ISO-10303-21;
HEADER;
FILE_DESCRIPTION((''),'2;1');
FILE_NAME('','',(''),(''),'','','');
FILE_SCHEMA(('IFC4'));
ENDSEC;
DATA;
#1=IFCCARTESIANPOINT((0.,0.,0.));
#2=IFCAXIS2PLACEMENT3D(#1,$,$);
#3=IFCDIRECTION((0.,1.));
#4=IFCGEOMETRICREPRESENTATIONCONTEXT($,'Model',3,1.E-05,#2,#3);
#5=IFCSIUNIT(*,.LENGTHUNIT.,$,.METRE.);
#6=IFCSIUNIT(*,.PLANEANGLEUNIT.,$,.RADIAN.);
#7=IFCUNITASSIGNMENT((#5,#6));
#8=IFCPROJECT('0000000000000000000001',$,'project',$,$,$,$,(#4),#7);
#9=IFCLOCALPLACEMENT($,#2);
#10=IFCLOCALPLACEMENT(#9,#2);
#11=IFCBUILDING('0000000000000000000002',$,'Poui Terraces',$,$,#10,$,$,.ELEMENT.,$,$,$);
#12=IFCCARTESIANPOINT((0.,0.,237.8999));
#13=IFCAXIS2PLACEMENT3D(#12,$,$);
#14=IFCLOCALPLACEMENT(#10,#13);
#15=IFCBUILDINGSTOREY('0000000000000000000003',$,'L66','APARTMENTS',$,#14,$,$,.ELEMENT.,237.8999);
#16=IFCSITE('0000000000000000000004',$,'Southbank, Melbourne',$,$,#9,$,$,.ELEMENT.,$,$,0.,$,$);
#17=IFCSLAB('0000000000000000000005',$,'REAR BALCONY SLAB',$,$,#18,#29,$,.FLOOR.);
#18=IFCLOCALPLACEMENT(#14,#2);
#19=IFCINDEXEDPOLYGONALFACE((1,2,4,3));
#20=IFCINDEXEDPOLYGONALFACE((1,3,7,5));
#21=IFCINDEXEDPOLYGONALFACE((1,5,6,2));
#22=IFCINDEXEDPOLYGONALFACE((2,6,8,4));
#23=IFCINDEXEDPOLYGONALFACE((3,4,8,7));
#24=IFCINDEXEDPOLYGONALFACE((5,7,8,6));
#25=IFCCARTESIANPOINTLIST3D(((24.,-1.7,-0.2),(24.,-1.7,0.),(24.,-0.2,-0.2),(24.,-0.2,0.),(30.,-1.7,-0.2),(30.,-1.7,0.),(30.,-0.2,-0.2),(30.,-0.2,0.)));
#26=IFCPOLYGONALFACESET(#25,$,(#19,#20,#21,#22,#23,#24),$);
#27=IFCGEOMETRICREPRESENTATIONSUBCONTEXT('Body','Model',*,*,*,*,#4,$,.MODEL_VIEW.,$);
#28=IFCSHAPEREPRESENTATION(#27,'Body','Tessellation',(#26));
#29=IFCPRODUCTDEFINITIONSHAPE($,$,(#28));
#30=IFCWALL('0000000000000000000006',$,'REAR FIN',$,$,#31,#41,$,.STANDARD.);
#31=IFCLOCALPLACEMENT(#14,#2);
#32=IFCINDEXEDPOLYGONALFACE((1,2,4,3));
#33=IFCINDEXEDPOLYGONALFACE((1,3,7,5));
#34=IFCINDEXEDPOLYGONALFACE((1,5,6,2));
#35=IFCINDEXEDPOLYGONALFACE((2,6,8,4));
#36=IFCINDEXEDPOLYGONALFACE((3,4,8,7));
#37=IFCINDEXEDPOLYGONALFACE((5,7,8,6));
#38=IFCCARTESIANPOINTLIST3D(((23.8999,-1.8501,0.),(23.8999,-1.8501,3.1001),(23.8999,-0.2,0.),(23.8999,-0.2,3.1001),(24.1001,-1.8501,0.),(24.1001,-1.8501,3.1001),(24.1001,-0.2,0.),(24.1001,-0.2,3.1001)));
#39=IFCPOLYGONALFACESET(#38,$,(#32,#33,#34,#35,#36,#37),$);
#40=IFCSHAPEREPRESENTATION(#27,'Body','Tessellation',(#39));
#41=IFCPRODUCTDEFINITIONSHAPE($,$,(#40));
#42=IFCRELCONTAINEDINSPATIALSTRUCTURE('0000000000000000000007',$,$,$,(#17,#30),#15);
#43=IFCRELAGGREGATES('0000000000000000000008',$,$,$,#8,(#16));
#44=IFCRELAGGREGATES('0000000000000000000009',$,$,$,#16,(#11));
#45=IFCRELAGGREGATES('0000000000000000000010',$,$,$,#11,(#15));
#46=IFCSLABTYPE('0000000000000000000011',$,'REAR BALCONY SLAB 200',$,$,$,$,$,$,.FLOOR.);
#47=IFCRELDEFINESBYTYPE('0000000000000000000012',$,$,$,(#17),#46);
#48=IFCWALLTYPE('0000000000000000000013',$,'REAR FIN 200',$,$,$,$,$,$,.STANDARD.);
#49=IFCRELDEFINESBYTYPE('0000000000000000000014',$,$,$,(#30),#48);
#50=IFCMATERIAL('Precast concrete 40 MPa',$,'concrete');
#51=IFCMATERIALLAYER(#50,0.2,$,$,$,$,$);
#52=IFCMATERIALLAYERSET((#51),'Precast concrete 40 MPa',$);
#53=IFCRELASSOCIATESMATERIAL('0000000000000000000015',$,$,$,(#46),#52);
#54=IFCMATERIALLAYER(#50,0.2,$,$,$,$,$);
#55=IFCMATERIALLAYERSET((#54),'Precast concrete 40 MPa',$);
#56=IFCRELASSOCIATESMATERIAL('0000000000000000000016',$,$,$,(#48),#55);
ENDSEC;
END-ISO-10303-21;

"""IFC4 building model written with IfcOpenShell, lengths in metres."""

from ifc_helpers import new_model, si_unit, direction, frame, origin, place, context, subcontext, project, spatial, polyline, outline, extrude, source, transform, mapped, material, layer, layer_set, type_object, element, save


model = new_model("IFC4")

# Units and contexts
model_context = context("Model", 3, precision=1e-05, world=origin(), true_north=direction((0.0, 1.0)))
body_context = subcontext(model_context, "Body", "Model", "MODEL_VIEW")
ifc_project = project(units=[si_unit("LENGTHUNIT", "METRE"), si_unit("PLANEANGLEUNIT", "RADIAN")], contexts=[model_context])

# Site, building, storey
site_placement = place(None, origin())
site = spatial("IfcSite", under=ifc_project, at=site_placement, Name="Southbank, Melbourne", CompositionType="ELEMENT", RefElevation=0.0)
building_placement = place(site_placement, origin())
building = spatial("IfcBuilding", under=site, at=building_placement, Name="Poui Terraces", CompositionType="ELEMENT")
storey_placement = place(building_placement, frame((0.0, 0.0, 237.8999)))
storey = spatial("IfcBuildingStorey", under=building, at=storey_placement, Name="L66", Description="APARTMENTS", CompositionType="ELEMENT", Elevation=237.8999)

# Slab
ifc_material = material(Name="Precast concrete 40 MPa", Category="concrete")
ifc_layer_1 = layer(ifc_material, 0.2)
ifc_layer_set_1 = layer_set([ifc_layer_1], Name="Precast concrete 40 MPa")
slab_type = type_object("IfcSlabType", Name="REAR BALCONY SLAB 200", PredefinedType="FLOOR", material=ifc_layer_set_1)
shared_shape_1 = source(origin(), body_context, "Body", "SweptSolid", [
    extrude(outline(polyline([(0.0, 0.0), (6.0, 0.0), (6.0, 1.5), (0.0, 1.5), (0.0, 0.0)])), origin(), (0.0, 0.0, 1.0), 0.2),
])
slab_placement = place(storey_placement, frame((24.0, -1.7, -0.2)))
element("IfcSlab", 1, at=slab_placement, inside=storey, type_object=slab_type, Name="REAR BALCONY SLAB", PredefinedType="FLOOR", context=body_context, shape_type="MappedRepresentation", body=[
    mapped(shared_shape_1, transform((0.0, 0.0, 0.0))),
])

# Wall
ifc_layer_2 = layer(ifc_material, 0.2)
ifc_layer_set_2 = layer_set([ifc_layer_2], Name="Precast concrete 40 MPa")
wall_type = type_object("IfcWallType", Name="REAR FIN 200", PredefinedType="STANDARD", material=ifc_layer_set_2)
shared_shape_2 = source(origin(), body_context, "Body", "SweptSolid", [
    extrude(outline(polyline([(0.0, 0.0), (0.2002, 0.0), (0.2002, 1.6501), (0.0, 1.6501), (0.0, 0.0)])), origin(), (0.0, 0.0, 1.0), 3.1001),
])
wall_placement = place(storey_placement, frame((23.8999, -1.8501, 0.0)))
element("IfcWall", 2, at=wall_placement, inside=storey, type_object=wall_type, Name="REAR FIN", PredefinedType="STANDARD", context=body_context, shape_type="MappedRepresentation", body=[
    mapped(shared_shape_2, transform((0.0, 0.0, 0.0))),
])

save(model, "model.ifc")
